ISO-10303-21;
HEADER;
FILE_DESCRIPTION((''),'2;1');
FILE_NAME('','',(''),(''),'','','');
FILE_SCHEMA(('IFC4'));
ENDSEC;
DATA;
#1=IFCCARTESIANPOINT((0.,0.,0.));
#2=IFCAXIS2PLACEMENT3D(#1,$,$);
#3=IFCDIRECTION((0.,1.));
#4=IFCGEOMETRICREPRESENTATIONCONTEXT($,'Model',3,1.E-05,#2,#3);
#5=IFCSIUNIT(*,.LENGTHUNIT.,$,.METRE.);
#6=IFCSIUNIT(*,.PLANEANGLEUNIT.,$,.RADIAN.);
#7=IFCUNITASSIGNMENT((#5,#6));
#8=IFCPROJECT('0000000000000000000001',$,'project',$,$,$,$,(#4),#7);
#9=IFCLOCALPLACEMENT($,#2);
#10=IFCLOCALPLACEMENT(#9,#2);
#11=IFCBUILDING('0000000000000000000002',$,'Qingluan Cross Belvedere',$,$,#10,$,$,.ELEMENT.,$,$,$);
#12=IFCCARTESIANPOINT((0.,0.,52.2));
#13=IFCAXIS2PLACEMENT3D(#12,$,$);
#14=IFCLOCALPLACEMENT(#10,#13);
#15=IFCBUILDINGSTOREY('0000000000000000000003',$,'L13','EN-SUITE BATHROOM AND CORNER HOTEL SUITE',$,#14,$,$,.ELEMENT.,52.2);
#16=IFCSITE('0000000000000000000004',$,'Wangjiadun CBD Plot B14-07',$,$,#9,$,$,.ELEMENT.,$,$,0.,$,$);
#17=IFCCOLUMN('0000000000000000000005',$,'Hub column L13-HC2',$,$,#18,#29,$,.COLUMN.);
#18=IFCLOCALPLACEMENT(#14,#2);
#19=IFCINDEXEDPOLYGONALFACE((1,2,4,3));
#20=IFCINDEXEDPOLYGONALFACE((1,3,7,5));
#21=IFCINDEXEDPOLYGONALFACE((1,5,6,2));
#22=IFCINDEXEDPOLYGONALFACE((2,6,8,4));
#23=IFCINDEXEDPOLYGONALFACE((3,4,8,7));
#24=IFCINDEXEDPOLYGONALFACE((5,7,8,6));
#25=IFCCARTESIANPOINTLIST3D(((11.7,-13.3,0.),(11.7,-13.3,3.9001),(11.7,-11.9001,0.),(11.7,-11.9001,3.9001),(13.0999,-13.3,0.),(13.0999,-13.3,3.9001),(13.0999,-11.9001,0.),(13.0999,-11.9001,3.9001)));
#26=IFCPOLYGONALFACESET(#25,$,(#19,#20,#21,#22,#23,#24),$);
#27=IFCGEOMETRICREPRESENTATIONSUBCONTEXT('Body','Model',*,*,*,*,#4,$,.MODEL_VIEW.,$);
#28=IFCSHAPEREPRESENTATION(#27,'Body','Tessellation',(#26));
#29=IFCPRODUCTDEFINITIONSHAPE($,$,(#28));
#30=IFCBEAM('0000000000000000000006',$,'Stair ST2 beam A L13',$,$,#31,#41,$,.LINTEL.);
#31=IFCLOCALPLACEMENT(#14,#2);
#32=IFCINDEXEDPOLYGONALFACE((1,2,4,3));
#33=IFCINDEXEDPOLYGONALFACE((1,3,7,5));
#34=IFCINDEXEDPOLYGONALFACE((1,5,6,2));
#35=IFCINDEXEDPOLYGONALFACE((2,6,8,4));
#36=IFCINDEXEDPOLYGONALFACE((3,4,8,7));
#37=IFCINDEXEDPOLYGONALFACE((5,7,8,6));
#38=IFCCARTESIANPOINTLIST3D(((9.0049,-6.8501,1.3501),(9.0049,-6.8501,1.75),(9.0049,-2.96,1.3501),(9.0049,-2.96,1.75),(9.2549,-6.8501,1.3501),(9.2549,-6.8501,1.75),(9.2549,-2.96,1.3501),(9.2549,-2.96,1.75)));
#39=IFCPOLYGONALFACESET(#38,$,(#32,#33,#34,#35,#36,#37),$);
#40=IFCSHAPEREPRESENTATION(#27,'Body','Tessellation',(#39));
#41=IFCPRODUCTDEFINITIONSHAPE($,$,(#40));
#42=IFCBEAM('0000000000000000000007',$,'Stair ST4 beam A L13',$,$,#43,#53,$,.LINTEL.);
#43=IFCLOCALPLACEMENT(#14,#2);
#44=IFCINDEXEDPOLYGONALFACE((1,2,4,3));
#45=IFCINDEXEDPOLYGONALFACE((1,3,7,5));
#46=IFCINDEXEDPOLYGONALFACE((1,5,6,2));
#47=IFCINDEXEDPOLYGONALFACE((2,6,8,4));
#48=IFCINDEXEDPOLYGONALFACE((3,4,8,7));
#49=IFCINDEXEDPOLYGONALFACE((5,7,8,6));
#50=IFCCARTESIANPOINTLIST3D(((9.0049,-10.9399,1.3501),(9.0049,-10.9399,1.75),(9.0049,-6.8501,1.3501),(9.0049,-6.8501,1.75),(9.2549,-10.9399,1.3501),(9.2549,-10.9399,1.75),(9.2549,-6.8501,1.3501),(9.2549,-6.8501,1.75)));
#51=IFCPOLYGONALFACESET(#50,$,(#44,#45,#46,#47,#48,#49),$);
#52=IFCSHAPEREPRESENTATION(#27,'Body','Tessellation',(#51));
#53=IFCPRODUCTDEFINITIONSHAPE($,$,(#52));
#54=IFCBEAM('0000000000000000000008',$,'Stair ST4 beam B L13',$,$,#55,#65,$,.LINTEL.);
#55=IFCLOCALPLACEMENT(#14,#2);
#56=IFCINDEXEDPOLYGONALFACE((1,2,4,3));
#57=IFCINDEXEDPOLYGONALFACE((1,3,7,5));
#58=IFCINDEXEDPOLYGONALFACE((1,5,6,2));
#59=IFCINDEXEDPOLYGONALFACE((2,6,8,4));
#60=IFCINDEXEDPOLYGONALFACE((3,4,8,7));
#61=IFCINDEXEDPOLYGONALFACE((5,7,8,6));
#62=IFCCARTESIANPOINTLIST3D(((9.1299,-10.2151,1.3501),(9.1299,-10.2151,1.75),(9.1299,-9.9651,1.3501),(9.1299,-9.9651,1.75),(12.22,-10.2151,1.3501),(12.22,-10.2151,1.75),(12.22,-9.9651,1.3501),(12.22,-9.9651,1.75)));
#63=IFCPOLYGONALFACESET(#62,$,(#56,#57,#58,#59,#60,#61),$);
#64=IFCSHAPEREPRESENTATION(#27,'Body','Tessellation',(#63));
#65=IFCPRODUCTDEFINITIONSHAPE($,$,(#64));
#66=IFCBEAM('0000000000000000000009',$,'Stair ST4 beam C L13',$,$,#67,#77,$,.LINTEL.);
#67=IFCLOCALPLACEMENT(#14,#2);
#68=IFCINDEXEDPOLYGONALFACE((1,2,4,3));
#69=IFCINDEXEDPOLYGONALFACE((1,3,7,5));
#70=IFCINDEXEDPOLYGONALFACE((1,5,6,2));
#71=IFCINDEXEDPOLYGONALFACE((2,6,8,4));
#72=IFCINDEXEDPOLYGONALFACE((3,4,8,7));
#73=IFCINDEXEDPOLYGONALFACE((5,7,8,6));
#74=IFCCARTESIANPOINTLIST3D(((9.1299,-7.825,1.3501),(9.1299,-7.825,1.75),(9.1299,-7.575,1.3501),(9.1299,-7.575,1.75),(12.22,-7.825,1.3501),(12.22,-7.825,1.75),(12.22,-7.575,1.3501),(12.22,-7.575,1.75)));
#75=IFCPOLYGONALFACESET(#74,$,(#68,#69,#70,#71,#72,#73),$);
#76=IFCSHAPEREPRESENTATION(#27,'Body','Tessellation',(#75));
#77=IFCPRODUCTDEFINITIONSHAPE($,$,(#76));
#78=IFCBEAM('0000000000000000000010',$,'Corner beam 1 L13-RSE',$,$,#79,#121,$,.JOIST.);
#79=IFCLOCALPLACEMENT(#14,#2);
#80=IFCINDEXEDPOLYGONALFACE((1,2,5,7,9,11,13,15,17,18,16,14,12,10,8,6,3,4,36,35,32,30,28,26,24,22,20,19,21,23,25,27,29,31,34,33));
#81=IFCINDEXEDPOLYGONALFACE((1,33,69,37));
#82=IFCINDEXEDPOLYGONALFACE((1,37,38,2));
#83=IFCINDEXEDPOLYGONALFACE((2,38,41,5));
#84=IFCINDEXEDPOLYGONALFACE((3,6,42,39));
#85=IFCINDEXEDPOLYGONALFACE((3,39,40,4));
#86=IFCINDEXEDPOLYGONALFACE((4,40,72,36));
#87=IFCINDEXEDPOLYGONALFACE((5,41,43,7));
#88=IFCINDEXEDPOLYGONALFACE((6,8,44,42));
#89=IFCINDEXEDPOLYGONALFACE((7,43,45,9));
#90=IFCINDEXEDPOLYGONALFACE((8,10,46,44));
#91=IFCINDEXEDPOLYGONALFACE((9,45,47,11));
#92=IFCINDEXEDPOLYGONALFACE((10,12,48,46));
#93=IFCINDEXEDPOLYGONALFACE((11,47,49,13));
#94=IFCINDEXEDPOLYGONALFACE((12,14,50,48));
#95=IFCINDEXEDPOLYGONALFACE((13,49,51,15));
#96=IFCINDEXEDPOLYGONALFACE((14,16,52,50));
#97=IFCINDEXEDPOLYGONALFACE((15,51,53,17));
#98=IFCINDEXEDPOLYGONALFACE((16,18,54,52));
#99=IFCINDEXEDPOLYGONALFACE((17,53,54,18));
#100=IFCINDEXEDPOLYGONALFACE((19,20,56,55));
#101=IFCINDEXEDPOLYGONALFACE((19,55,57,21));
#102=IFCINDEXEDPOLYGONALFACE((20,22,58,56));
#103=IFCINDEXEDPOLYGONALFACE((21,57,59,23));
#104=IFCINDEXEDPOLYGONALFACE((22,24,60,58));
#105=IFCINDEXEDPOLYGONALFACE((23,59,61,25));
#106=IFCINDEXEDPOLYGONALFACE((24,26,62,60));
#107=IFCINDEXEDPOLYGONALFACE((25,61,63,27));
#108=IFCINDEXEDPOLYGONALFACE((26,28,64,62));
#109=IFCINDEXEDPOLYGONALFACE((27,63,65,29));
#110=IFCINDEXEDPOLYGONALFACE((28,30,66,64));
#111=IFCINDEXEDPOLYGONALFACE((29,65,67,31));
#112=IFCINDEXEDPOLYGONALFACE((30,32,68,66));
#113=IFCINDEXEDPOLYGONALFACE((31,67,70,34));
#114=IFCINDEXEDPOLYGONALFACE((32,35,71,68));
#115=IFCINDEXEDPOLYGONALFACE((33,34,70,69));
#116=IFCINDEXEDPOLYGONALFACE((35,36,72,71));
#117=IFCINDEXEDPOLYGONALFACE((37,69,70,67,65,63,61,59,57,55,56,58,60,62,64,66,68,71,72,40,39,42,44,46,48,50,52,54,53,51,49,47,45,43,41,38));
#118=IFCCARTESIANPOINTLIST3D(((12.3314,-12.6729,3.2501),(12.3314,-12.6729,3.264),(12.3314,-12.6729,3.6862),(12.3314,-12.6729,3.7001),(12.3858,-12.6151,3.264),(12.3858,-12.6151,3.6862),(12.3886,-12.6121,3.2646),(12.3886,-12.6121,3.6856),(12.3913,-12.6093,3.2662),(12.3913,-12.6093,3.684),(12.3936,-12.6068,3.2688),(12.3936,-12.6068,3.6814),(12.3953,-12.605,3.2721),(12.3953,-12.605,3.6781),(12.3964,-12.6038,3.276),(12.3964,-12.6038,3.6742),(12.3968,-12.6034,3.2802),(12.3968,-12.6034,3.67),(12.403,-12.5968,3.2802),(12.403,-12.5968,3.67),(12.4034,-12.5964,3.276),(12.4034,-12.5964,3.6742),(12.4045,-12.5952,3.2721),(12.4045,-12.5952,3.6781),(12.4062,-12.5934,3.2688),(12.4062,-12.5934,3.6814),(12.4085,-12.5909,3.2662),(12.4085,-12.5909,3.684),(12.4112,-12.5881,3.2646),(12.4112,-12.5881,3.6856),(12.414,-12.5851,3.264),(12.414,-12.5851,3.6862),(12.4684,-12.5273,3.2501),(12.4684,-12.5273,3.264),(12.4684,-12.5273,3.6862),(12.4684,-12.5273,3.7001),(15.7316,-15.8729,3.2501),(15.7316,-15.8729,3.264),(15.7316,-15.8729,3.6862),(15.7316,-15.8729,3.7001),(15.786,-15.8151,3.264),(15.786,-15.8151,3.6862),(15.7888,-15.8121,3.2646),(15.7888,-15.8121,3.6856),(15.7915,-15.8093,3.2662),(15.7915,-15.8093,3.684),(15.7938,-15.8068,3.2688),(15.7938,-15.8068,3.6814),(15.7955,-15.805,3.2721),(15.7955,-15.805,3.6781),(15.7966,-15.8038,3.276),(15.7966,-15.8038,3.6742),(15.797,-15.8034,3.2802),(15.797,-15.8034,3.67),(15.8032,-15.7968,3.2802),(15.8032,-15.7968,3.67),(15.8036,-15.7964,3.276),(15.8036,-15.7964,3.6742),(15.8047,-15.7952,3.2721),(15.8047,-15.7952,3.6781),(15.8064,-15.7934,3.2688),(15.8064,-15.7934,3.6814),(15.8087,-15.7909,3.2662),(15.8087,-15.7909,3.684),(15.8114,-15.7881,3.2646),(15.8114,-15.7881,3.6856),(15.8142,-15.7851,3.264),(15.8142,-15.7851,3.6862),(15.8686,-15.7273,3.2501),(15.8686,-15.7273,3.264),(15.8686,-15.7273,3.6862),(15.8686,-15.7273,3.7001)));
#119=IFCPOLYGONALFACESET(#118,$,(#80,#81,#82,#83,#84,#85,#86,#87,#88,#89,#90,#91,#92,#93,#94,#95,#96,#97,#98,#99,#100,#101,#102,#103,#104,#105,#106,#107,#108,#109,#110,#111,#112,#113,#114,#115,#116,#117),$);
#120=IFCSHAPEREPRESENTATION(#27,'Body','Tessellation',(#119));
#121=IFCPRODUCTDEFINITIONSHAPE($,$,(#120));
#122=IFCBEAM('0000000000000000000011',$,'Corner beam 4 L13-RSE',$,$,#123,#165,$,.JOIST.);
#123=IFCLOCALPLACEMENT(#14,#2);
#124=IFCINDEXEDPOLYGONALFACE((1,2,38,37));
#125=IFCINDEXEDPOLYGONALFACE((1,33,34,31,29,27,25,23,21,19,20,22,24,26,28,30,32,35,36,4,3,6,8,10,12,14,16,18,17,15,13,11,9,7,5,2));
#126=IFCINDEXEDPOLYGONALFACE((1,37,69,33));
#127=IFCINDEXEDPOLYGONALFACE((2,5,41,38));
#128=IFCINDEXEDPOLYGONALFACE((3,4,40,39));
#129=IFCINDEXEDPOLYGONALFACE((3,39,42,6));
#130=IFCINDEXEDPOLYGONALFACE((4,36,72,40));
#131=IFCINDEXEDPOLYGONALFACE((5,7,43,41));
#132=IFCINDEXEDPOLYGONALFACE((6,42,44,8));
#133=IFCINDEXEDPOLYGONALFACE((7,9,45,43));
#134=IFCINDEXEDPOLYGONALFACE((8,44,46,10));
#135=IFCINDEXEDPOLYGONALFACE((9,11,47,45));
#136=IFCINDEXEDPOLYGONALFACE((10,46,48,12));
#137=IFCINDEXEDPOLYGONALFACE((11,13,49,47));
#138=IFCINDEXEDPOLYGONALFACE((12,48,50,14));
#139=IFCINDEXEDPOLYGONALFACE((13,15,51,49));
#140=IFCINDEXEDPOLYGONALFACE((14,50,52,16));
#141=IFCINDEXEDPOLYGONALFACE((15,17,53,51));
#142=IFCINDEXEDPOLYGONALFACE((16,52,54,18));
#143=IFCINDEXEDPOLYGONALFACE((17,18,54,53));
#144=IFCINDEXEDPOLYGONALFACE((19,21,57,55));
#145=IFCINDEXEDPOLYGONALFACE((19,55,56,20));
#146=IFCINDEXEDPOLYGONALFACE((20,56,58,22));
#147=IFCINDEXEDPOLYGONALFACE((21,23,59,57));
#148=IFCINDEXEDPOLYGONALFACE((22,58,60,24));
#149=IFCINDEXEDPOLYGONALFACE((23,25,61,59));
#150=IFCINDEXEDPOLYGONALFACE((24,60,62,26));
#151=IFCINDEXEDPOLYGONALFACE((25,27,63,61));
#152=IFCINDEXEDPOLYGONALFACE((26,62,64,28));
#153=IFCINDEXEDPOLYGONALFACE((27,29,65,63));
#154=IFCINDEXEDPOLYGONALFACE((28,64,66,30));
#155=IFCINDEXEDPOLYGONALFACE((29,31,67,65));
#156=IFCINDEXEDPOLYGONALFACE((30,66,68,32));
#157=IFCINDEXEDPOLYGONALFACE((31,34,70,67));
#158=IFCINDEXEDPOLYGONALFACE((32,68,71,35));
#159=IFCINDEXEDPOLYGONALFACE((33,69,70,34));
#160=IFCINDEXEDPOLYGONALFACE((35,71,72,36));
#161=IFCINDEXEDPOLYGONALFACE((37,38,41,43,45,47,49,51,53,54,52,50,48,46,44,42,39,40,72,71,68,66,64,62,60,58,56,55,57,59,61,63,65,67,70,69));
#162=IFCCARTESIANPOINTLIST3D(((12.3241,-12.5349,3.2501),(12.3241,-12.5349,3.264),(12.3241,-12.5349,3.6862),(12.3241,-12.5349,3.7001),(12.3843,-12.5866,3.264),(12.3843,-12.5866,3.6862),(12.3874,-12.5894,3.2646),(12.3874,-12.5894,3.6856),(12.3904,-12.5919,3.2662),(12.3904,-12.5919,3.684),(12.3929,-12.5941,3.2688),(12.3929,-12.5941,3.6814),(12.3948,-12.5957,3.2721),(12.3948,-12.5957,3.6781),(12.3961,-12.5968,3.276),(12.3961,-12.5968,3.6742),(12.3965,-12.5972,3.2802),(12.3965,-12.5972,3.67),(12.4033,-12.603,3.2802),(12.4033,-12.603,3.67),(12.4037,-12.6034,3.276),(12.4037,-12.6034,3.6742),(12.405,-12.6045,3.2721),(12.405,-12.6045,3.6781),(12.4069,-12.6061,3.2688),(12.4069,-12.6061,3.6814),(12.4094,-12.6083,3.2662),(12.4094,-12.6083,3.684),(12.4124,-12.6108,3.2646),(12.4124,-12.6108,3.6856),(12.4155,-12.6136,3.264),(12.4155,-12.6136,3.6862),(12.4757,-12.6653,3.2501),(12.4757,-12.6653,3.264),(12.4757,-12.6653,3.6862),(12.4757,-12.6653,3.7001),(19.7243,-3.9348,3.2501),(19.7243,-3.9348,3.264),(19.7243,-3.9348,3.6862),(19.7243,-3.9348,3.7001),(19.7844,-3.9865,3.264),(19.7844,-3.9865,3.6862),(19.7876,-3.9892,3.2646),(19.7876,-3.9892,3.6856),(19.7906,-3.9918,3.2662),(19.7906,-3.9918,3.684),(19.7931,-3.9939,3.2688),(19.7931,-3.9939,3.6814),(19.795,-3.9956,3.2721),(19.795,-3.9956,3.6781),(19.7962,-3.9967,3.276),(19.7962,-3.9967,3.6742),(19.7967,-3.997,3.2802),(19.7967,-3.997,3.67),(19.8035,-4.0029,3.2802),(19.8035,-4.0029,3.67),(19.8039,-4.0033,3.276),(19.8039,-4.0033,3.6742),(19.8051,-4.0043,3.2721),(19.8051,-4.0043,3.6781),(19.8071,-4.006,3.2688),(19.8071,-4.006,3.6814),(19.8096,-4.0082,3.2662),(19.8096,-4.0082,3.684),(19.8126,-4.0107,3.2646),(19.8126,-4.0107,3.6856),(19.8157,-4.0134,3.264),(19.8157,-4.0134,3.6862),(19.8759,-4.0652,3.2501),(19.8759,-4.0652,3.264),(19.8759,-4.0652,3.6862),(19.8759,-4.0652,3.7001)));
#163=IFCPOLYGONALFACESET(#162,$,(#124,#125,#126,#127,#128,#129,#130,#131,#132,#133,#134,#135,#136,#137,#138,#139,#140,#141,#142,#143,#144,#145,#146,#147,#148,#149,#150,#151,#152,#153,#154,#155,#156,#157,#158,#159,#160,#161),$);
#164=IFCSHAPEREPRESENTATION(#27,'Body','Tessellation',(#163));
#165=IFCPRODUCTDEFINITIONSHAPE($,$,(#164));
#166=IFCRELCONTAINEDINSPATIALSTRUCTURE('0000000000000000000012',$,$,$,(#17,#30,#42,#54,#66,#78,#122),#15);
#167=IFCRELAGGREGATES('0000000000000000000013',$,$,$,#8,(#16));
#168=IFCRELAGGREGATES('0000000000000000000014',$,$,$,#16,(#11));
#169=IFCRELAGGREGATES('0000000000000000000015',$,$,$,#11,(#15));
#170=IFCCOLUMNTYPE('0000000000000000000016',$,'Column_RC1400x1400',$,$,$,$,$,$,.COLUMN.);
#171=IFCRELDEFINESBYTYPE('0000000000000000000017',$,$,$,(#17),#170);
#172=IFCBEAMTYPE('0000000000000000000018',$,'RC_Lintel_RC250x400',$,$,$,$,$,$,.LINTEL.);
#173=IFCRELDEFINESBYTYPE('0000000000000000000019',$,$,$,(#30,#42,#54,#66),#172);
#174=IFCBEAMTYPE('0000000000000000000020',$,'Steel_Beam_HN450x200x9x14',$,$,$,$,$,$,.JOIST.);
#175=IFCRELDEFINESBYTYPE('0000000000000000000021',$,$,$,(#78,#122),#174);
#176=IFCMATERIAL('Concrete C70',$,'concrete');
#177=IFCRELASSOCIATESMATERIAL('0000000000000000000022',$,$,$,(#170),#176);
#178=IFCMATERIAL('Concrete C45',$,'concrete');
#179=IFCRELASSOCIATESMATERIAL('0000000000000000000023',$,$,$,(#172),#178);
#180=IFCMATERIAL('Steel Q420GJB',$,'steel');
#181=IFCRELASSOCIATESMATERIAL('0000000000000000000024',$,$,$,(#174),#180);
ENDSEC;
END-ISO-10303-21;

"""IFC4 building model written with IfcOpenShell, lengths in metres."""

from ifc_helpers import new_model, si_unit, direction, frame, origin, origin_2d, place, context, subcontext, project, spatial, rectangle, i_section, extrude, material, material_profile, profile_set, type_object, element, save


model = new_model("IFC4")

# Units and contexts
model_context = context("Model", 3, precision=1e-05, world=origin(), true_north=direction((0.0, 1.0)))
body_context = subcontext(model_context, "Body", "Model", "MODEL_VIEW")
ifc_project = project(units=[si_unit("LENGTHUNIT", "METRE"), si_unit("PLANEANGLEUNIT", "RADIAN")], contexts=[model_context])

# Site, building, storey
site_placement = place(None, origin())
site = spatial("IfcSite", under=ifc_project, at=site_placement, Name="Wangjiadun CBD Plot B14-07", CompositionType="ELEMENT", RefElevation=0.0)
building_placement = place(site_placement, origin())
building = spatial("IfcBuilding", under=site, at=building_placement, Name="Qingluan Cross Belvedere", CompositionType="ELEMENT")
storey_placement = place(building_placement, frame((0.0, 0.0, 52.2)))
storey = spatial("IfcBuildingStorey", under=building, at=storey_placement, Name="L13", Description="EN-SUITE BATHROOM AND CORNER HOTEL SUITE", CompositionType="ELEMENT", Elevation=52.2)

# Column
ifc_material_1 = material(Name="Concrete C70", Category="concrete")
ifc_material_profile_1 = material_profile(ifc_material_1, rectangle(XDim=1.3999, YDim=1.3999, at=origin_2d()), Name="RC1400x1400")
ifc_profile_set_1 = profile_set([ifc_material_profile_1], Name="Concrete C70")
column_type = type_object("IfcColumnType", Name="Column_RC1400x1400", PredefinedType="COLUMN", material=ifc_profile_set_1)
column_placement = place(storey_placement, frame((12.3999, -12.6001, 0.0), z_axis=(0.0, 0.0, 1.0), x_axis=(1.0, 0.0, 0.0)))
element("IfcColumn", 1, at=column_placement, inside=storey, type_object=column_type, Name="Hub column L13-HC2", PredefinedType="COLUMN", context=body_context, shape_type="SweptSolid", body=[
    extrude(rectangle(XDim=1.3999, YDim=1.3999, at=origin_2d()), origin(), (0.0, 0.0, 1.0), 3.9001),
])

# Beams
ifc_material_2 = material(Name="Concrete C45", Category="concrete")
ifc_material_profile_2 = material_profile(ifc_material_2, rectangle(XDim=0.25, YDim=0.3999, at=origin_2d()), Name="RC250x400")
ifc_profile_set_2 = profile_set([ifc_material_profile_2], Name="Concrete C45")
beam_type_1 = type_object("IfcBeamType", Name="RC_Lintel_RC250x400", PredefinedType="LINTEL", material=ifc_profile_set_2)
beam_1_placement = place(storey_placement, frame((9.1299, -6.8501, 1.55), z_axis=(0.0, 1.0, 0.0), x_axis=(-1.0, 0.0, 0.0)))
element("IfcBeam", 2, at=beam_1_placement, inside=storey, type_object=beam_type_1, Name="Stair ST2 beam A L13", PredefinedType="LINTEL", context=body_context, shape_type="SweptSolid", body=[
    extrude(rectangle(XDim=0.25, YDim=0.3999, at=origin_2d()), origin(), (0.0, 0.0, 1.0), 3.8901),
])
beam_2_placement = place(storey_placement, frame((9.1299, -10.9399, 1.55), z_axis=(0.0, 1.0, 0.0), x_axis=(-1.0, 0.0, 0.0)))
element("IfcBeam", 3, at=beam_2_placement, inside=storey, type_object=beam_type_1, Name="Stair ST4 beam A L13", PredefinedType="LINTEL", context=body_context, shape_type="SweptSolid", body=[
    extrude(rectangle(XDim=0.25, YDim=0.3999, at=origin_2d()), origin(), (0.0, 0.0, 1.0), 4.0898),
])
for number, where, z_axis, x_axis, name in (
    (4, (12.22, -10.0901, 1.55), (-1.0, 0.0, 0.0), (0.0, -1.0, 0.0), "Stair ST4 beam B L13"),
    (5, (12.22, -7.7, 1.55), (-1.0, 0.0, 0.0), (0.0, -1.0, 0.0), "Stair ST4 beam C L13"),
):
    element("IfcBeam", number, at=place(storey_placement, frame(where, z_axis=z_axis, x_axis=x_axis)), inside=storey, type_object=beam_type_1, Name=name, PredefinedType="LINTEL", context=body_context, shape_type="SweptSolid", body=[
        extrude(rectangle(XDim=0.25, YDim=0.3999, at=origin_2d()), origin(), (0.0, 0.0, 1.0), 3.0901),
    ])
ifc_material_3 = material(Name="Steel Q420GJB", Category="steel")
ifc_material_profile_3 = material_profile(ifc_material_3, i_section(OverallWidth=0.2, OverallDepth=0.45, WebThickness=0.009, FlangeThickness=0.0139, FilletRadius=0.0161, at=origin_2d()), Name="HN450x200x9x14")
ifc_profile_set_3 = profile_set([ifc_material_profile_3], Name="Steel Q420GJB")
beam_type_2 = type_object("IfcBeamType", Name="Steel_Beam_HN450x200x9x14", PredefinedType="JOIST", material=ifc_profile_set_3)
beam_3_placement = place(storey_placement, frame((12.3999, -12.6001, 3.4751), z_axis=(0.72822, -0.685343, 0.0), x_axis=(0.685343, 0.72822, 0.0)))
element("IfcBeam", 6, at=beam_3_placement, inside=storey, type_object=beam_type_2, Name="Corner beam 1 L13-RSE", PredefinedType="JOIST", context=body_context, shape_type="SweptSolid", body=[
    extrude(i_section(OverallWidth=0.2, OverallDepth=0.45, WebThickness=0.009, FlangeThickness=0.0139, FilletRadius=0.0161, at=origin_2d()), origin(), (0.0, 0.0, 1.0), 4.6692),
])
beam_4_placement = place(storey_placement, frame((12.3999, -12.6001, 3.4751), z_axis=(0.652245, 0.758008, 0.0), x_axis=(-0.758008, 0.652245, 0.0)))
element("IfcBeam", 7, at=beam_4_placement, inside=storey, type_object=beam_type_2, Name="Corner beam 4 L13-RSE", PredefinedType="JOIST", context=body_context, shape_type="SweptSolid", body=[
    extrude(i_section(OverallWidth=0.2, OverallDepth=0.45, WebThickness=0.009, FlangeThickness=0.0139, FilletRadius=0.0161, at=origin_2d()), origin(), (0.0, 0.0, 1.0), 11.3457),
])

save(model, "model.ifc")
